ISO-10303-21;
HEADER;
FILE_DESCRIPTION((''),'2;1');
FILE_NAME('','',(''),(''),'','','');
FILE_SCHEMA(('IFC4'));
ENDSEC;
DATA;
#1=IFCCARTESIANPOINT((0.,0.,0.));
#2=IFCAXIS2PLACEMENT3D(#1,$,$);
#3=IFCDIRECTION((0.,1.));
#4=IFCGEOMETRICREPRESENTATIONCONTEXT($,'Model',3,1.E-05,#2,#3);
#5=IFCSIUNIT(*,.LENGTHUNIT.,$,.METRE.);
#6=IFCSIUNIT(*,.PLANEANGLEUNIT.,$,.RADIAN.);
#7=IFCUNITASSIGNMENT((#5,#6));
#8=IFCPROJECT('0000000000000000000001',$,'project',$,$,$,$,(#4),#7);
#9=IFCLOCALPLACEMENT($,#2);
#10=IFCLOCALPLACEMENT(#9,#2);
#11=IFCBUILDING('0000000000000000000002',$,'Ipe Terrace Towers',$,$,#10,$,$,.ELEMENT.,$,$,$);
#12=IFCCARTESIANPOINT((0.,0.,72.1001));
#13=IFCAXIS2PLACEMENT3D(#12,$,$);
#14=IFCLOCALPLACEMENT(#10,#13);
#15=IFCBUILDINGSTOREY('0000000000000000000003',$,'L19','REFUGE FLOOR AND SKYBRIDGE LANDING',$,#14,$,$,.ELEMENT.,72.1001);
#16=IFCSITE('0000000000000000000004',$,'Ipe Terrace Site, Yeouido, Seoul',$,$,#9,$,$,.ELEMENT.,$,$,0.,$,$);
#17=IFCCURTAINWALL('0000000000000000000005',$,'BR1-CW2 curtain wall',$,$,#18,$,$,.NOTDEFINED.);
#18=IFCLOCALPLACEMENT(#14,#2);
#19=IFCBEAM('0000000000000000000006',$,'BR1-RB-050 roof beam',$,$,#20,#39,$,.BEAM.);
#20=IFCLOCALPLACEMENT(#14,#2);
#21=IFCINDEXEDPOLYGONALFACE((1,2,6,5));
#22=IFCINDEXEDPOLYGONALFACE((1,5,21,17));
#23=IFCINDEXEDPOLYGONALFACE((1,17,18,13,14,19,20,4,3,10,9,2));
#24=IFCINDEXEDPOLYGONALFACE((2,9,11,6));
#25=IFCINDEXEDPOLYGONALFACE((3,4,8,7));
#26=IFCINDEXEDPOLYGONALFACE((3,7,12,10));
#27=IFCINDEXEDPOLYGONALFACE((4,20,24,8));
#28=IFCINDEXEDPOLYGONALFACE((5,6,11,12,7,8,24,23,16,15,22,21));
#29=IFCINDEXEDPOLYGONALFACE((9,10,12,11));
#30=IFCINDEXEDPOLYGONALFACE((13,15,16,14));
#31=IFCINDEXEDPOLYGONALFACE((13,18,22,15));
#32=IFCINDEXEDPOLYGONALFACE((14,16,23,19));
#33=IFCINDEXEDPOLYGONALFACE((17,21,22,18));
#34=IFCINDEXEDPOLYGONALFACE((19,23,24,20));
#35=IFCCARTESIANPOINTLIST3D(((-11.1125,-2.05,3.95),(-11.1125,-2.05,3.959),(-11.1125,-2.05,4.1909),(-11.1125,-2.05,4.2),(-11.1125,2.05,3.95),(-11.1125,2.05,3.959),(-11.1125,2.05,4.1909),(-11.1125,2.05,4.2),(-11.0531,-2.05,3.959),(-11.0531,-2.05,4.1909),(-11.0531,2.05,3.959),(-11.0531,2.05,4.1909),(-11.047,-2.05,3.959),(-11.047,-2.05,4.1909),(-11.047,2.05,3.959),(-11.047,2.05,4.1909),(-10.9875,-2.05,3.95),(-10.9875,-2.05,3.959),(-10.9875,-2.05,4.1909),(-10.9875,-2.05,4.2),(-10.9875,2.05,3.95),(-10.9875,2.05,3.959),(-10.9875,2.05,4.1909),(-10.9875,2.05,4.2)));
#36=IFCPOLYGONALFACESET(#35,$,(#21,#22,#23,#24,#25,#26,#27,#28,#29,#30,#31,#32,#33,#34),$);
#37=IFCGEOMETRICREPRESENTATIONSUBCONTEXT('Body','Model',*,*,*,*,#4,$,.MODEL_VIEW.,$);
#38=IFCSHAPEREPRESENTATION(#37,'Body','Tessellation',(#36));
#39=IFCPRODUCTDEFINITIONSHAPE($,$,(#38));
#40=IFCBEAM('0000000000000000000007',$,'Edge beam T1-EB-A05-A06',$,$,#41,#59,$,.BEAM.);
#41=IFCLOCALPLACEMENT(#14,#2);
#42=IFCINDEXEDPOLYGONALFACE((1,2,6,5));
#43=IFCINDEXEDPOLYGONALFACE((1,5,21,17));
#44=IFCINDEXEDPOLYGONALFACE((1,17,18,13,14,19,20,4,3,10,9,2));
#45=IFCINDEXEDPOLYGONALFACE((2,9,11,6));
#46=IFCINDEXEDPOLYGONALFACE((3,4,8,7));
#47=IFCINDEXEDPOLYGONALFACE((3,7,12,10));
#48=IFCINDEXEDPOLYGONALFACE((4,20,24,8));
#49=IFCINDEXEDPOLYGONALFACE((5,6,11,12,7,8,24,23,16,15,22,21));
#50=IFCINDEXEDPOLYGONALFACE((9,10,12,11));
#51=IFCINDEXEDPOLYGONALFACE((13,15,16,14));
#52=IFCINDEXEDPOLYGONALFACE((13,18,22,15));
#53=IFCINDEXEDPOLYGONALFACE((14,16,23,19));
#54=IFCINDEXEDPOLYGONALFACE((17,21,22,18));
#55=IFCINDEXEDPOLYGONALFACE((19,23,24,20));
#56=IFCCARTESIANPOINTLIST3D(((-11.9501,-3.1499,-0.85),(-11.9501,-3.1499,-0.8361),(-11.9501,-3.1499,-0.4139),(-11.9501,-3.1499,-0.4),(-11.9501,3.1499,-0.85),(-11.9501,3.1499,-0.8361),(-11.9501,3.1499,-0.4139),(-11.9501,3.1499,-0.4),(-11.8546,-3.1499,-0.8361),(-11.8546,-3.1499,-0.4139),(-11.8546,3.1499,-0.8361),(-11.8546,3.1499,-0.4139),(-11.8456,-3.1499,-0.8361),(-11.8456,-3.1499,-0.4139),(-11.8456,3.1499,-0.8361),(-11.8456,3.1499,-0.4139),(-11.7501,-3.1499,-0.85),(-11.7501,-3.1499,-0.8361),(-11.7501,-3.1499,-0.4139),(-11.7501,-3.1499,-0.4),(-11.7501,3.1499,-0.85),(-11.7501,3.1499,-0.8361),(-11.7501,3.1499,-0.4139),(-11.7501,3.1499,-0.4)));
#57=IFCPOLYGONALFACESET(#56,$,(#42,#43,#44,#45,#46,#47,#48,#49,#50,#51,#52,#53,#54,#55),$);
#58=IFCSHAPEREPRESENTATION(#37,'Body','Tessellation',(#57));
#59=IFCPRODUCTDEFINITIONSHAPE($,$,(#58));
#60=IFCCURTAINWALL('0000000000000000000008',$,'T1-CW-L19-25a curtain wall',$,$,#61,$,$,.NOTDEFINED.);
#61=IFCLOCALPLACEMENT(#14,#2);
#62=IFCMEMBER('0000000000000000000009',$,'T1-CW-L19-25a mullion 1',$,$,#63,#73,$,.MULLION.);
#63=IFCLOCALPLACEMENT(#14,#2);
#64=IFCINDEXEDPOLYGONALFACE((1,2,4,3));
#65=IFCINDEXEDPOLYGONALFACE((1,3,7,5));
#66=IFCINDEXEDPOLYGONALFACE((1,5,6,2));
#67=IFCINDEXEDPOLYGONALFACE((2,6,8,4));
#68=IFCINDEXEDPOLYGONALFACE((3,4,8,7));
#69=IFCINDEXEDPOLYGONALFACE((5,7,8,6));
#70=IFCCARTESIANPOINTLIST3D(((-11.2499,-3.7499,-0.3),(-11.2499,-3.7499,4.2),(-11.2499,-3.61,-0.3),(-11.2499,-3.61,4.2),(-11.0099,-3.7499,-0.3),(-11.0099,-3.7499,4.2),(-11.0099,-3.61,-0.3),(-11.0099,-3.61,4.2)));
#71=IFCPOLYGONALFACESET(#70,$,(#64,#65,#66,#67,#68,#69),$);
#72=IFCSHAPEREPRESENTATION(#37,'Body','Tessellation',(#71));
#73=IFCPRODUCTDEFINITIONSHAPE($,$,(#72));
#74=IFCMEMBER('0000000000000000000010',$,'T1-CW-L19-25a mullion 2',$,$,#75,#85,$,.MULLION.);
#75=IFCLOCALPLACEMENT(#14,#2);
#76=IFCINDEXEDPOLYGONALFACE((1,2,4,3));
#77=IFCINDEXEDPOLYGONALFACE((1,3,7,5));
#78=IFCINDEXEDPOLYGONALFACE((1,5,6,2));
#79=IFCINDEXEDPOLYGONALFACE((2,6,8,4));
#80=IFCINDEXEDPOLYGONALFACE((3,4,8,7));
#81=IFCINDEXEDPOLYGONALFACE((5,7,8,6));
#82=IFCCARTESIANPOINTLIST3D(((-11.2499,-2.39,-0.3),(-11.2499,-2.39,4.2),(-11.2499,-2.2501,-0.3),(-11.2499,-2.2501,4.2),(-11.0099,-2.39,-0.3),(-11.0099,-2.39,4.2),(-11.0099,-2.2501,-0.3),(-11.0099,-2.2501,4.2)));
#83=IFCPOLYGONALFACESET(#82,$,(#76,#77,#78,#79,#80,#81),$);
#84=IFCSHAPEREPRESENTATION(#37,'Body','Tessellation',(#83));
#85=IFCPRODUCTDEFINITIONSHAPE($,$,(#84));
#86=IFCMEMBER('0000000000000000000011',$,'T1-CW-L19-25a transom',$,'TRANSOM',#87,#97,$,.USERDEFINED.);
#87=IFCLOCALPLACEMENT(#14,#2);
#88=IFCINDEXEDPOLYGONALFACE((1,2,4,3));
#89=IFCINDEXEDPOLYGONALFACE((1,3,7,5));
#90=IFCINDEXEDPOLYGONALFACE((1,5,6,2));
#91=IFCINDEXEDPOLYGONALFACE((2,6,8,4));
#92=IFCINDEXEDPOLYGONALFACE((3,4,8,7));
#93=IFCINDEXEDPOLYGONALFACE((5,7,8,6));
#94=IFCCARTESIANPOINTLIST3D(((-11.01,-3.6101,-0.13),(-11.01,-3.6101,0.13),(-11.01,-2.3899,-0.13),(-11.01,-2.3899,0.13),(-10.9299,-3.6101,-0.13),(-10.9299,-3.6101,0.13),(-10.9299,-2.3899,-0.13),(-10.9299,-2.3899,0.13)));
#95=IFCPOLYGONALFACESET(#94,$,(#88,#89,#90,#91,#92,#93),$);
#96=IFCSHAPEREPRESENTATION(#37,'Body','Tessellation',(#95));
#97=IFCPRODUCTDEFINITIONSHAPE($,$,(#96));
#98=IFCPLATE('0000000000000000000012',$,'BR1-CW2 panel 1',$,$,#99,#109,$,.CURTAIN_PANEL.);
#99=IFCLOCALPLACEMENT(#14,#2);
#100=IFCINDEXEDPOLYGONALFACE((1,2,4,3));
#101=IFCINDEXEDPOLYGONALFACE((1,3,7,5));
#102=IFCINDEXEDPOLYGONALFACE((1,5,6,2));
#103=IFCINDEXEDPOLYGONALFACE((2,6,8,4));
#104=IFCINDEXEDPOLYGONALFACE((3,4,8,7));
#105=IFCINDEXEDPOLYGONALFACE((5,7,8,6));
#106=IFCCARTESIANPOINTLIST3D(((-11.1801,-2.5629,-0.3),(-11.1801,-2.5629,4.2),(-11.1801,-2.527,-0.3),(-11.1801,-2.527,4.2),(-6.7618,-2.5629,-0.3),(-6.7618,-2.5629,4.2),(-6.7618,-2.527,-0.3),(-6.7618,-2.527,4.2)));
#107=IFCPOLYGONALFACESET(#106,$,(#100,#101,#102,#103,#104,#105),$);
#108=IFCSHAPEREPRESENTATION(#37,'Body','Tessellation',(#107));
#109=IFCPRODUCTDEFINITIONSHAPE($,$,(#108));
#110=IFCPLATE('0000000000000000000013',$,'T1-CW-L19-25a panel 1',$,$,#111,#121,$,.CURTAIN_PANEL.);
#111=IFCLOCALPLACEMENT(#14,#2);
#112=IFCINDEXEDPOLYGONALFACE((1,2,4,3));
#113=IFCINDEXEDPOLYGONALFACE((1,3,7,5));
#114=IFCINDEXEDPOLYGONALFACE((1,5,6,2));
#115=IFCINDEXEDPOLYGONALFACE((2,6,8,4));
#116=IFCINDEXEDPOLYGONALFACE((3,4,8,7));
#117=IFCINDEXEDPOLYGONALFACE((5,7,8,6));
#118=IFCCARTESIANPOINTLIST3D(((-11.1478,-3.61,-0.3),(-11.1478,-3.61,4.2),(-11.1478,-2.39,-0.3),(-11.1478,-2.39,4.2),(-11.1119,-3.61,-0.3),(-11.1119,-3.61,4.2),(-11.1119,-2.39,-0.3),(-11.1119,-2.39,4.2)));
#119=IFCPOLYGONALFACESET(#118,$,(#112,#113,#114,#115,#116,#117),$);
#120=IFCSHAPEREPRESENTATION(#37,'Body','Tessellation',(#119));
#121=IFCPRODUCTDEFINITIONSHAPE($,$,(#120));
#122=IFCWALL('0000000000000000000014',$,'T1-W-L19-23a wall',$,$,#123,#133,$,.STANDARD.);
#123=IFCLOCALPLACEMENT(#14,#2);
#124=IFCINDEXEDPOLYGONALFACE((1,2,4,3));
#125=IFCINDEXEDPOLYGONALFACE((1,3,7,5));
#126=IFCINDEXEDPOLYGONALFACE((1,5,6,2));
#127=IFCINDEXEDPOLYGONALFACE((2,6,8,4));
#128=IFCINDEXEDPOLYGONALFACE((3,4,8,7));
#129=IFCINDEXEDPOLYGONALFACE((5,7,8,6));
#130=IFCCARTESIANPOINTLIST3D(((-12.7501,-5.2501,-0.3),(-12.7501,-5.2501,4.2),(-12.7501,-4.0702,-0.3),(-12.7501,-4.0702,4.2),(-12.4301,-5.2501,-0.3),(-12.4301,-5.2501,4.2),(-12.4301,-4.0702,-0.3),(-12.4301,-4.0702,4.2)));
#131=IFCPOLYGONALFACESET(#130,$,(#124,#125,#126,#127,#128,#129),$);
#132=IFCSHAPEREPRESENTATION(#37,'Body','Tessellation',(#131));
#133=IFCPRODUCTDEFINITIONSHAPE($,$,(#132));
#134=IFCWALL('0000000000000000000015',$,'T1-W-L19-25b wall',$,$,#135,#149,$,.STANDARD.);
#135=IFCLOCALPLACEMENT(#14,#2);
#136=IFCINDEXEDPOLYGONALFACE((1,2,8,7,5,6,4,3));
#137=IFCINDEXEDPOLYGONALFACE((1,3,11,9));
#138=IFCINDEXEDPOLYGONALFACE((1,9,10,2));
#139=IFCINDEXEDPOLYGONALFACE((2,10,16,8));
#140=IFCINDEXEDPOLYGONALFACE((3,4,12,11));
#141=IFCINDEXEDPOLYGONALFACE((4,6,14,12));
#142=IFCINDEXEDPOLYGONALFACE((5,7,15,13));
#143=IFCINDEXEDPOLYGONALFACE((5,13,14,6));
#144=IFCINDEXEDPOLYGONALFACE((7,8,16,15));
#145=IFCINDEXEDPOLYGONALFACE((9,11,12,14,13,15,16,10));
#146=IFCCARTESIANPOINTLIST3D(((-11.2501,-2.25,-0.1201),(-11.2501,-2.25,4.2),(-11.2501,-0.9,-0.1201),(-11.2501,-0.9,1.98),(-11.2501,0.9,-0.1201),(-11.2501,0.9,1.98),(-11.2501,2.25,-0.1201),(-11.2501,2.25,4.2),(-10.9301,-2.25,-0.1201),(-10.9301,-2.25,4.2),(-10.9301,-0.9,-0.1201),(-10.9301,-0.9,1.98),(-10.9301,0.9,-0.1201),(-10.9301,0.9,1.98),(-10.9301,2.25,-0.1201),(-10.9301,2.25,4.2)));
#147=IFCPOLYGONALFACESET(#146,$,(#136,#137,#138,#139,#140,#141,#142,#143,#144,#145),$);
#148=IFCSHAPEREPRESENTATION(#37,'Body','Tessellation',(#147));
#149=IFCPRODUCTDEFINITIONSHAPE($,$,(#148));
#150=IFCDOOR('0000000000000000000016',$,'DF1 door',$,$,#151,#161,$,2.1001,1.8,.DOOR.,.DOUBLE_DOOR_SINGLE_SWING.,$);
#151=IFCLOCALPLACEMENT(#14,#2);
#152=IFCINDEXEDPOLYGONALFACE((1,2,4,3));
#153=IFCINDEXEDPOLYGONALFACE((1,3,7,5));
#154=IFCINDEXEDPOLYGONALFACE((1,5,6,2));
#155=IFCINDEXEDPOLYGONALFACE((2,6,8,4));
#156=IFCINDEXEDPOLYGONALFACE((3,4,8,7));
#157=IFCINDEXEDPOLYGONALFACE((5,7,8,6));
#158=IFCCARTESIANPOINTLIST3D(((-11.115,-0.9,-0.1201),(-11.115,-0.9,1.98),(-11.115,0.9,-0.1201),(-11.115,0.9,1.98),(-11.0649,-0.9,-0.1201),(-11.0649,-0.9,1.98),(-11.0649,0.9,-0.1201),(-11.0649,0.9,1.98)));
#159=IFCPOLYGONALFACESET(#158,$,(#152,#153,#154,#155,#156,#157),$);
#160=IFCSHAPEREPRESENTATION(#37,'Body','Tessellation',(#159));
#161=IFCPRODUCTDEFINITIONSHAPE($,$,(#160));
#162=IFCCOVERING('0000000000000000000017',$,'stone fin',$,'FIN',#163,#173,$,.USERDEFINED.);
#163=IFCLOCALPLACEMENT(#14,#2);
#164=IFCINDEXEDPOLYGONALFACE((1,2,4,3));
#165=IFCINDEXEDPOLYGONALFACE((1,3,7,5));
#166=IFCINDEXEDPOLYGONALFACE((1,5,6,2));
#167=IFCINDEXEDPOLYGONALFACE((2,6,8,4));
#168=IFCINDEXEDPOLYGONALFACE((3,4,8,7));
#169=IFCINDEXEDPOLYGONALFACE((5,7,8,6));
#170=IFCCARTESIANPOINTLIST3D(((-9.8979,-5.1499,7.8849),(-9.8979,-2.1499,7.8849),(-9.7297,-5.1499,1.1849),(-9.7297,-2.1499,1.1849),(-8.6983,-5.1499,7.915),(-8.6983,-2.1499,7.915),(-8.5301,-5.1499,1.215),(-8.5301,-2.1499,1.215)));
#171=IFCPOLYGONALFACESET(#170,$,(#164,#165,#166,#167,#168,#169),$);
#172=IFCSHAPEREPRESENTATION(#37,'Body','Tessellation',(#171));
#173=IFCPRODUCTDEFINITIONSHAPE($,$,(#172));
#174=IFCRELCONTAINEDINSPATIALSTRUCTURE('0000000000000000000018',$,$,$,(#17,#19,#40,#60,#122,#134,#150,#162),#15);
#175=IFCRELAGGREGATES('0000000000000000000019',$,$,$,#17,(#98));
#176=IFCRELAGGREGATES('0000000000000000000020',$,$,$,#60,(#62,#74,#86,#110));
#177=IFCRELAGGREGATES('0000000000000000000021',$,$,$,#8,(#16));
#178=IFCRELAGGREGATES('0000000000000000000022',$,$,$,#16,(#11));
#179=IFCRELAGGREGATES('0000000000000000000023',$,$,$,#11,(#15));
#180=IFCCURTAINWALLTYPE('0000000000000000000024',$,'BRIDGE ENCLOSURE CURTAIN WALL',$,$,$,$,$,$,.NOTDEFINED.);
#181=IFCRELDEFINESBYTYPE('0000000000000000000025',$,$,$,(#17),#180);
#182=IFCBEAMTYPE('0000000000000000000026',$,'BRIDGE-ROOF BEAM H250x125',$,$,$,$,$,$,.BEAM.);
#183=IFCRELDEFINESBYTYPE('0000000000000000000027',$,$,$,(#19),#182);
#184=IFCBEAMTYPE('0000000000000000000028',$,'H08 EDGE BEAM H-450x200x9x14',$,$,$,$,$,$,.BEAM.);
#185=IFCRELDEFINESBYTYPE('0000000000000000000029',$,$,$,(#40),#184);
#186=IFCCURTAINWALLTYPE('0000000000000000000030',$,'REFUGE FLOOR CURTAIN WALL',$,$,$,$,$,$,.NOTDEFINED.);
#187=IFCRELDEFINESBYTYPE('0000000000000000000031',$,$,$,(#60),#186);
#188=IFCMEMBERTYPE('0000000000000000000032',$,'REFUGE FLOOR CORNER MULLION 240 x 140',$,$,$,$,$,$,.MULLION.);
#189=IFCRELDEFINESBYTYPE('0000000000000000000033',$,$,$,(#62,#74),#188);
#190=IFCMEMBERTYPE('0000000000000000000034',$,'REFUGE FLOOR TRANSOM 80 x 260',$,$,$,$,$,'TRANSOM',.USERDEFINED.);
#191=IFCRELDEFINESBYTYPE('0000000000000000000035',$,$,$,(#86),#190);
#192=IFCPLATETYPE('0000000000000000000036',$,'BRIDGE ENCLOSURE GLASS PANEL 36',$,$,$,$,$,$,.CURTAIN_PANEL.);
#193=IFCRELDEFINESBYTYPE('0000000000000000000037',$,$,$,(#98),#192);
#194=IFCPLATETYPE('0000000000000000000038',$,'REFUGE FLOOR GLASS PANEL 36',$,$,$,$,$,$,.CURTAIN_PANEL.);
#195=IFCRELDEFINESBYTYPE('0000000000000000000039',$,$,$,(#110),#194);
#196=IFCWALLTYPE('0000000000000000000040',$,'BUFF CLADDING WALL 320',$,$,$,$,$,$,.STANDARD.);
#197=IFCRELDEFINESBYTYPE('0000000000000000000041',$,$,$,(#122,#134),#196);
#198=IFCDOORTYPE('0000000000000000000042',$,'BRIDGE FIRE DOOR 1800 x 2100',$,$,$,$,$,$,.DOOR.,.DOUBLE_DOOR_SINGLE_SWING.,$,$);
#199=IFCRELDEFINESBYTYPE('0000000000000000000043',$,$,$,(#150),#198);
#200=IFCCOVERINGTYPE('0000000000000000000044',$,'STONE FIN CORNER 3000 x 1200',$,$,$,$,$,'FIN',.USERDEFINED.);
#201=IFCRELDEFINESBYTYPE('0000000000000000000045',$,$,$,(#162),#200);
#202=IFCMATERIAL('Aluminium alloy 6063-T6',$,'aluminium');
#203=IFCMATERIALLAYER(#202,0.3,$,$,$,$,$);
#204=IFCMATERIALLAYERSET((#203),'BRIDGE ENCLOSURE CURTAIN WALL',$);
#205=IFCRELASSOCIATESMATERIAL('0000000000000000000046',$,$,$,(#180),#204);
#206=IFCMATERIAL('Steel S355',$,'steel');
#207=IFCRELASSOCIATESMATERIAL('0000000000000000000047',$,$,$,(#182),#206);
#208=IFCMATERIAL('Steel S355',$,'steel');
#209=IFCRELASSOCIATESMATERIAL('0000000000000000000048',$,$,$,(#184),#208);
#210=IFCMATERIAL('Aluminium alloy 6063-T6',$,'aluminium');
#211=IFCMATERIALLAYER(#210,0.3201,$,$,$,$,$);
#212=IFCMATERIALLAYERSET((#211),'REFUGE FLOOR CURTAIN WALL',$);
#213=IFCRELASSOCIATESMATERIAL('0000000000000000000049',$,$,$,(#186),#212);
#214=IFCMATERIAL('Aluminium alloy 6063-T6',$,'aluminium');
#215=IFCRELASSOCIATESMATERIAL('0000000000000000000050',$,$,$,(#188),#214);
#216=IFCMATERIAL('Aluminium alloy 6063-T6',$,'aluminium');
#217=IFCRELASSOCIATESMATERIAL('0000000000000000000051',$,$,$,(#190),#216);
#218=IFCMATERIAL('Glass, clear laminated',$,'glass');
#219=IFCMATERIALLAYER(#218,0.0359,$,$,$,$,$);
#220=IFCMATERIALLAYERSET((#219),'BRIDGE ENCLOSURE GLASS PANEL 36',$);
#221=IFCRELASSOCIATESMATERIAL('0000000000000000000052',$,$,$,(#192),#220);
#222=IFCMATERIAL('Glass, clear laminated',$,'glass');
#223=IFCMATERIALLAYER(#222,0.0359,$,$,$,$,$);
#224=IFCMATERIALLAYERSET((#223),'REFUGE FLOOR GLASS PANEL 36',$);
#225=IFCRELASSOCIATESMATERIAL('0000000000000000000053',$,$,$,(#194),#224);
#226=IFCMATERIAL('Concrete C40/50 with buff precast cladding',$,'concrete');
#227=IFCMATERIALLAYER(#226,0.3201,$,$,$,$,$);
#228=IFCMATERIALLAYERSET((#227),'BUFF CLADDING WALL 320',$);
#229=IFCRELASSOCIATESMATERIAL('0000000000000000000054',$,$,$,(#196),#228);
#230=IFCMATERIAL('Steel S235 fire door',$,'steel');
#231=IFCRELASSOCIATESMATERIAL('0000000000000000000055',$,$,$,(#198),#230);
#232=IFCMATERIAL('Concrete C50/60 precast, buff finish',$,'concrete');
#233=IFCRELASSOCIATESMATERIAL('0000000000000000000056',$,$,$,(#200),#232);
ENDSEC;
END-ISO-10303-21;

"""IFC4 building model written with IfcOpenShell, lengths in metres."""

from ifc_helpers import new_model, si_unit, direction, frame, frame_2d, origin, origin_2d, place, context, subcontext, project, spatial, rectangle, i_section, extrude, material, layer, layer_set, material_profile, profile_set, type_object, element, fill, aggregate, save


model = new_model("IFC4")

# Units and contexts
model_context = context("Model", 3, precision=1e-05, world=origin(), true_north=direction((0.0, 1.0)))
body_context = subcontext(model_context, "Body", "Model", "MODEL_VIEW")
ifc_project = project(units=[si_unit("LENGTHUNIT", "METRE"), si_unit("PLANEANGLEUNIT", "RADIAN")], contexts=[model_context])

# Site, building, storey
site_placement = place(None, origin())
site = spatial("IfcSite", under=ifc_project, at=site_placement, Name="Ipe Terrace Site, Yeouido, Seoul", CompositionType="ELEMENT", RefElevation=0.0)
building_placement = place(site_placement, origin())
building = spatial("IfcBuilding", under=site, at=building_placement, Name="Ipe Terrace Towers", CompositionType="ELEMENT")
storey_placement = place(building_placement, frame((0.0, 0.0, 72.1001)))
storey = spatial("IfcBuildingStorey", under=building, at=storey_placement, Name="L19", Description="REFUGE FLOOR AND SKYBRIDGE LANDING", CompositionType="ELEMENT", Elevation=72.1001)

# Curtain wall
ifc_material_1 = material(Name="Aluminium alloy 6063-T6", Category="aluminium")
ifc_layer_1 = layer(ifc_material_1, 0.3)
ifc_layer_set_1 = layer_set([ifc_layer_1], Name="BRIDGE ENCLOSURE CURTAIN WALL")
curtain_wall_type_1 = type_object("IfcCurtainWallType", Name="BRIDGE ENCLOSURE CURTAIN WALL", PredefinedType="NOTDEFINED", material=ifc_layer_set_1)
curtain_wall_1_placement = place(storey_placement, origin())
curtain_wall_1 = element("IfcCurtainWall", 1, at=curtain_wall_1_placement, inside=storey, type_object=curtain_wall_type_1, Name="BR1-CW2 curtain wall", PredefinedType="NOTDEFINED")

# Beams
ifc_material_2 = material(Name="Steel S355", Category="steel")
ifc_material_profile_1 = material_profile(ifc_material_2, i_section(OverallWidth=0.125, OverallDepth=0.25, WebThickness=0.0061, FlangeThickness=0.009, at=origin_2d()), Name="H250x125")
ifc_profile_set_1 = profile_set([ifc_material_profile_1], Name="Steel S355")
beam_type_1 = type_object("IfcBeamType", Name="BRIDGE-ROOF BEAM H250x125", PredefinedType="BEAM", material=ifc_profile_set_1)
beam_1_placement = place(storey_placement, frame((-11.05, -2.05, 4.075), z_axis=(0.0, 1.0, 0.0), x_axis=(-1.0, 0.0, 0.0)))
element("IfcBeam", 2, at=beam_1_placement, inside=storey, type_object=beam_type_1, Name="BR1-RB-050 roof beam", PredefinedType="BEAM", context=body_context, shape_type="SweptSolid", body=[
    extrude(i_section(OverallWidth=0.125, OverallDepth=0.25, WebThickness=0.0061, FlangeThickness=0.009, at=origin_2d()), origin(), (0.0, 0.0, 1.0), 4.1001),
])
ifc_material_3 = material(Name="Steel S355", Category="steel")
ifc_material_profile_2 = material_profile(ifc_material_3, i_section(OverallWidth=0.2, OverallDepth=0.45, WebThickness=0.009, FlangeThickness=0.0139, at=origin_2d()), Name="H-450x200x9x14")
ifc_profile_set_2 = profile_set([ifc_material_profile_2], Name="Steel S355")
beam_type_2 = type_object("IfcBeamType", Name="H08 EDGE BEAM H-450x200x9x14", PredefinedType="BEAM", material=ifc_profile_set_2)
beam_2_placement = place(storey_placement, frame((-11.8501, -3.1499, -0.625), z_axis=(0.0, 1.0, 0.0), x_axis=(-1.0, 0.0, 0.0)))
element("IfcBeam", 3, at=beam_2_placement, inside=storey, type_object=beam_type_2, Name="Edge beam T1-EB-A05-A06", PredefinedType="BEAM", context=body_context, shape_type="SweptSolid", body=[
    extrude(i_section(OverallWidth=0.2, OverallDepth=0.45, WebThickness=0.009, FlangeThickness=0.0139, at=origin_2d()), origin(), (0.0, 0.0, 1.0), 6.2998),
])

# Curtain wall, members
ifc_material_4 = material(Name="Aluminium alloy 6063-T6", Category="aluminium")
ifc_layer_2 = layer(ifc_material_4, 0.3201)
ifc_layer_set_2 = layer_set([ifc_layer_2], Name="REFUGE FLOOR CURTAIN WALL")
curtain_wall_type_2 = type_object("IfcCurtainWallType", Name="REFUGE FLOOR CURTAIN WALL", PredefinedType="NOTDEFINED", material=ifc_layer_set_2)
curtain_wall_2_placement = place(storey_placement, origin())
curtain_wall_2 = element("IfcCurtainWall", 4, at=curtain_wall_2_placement, inside=storey, type_object=curtain_wall_type_2, Name="T1-CW-L19-25a curtain wall", PredefinedType="NOTDEFINED")
ifc_material_5 = material(Name="Aluminium alloy 6063-T6", Category="aluminium")
ifc_material_profile_3 = material_profile(ifc_material_5, rectangle(XDim=0.24, YDim=0.1399, at=origin_2d()), Name="REFUGE FLOOR CORNER MULLION 240 x 140")
ifc_profile_set_3 = profile_set([ifc_material_profile_3], Name="Aluminium alloy 6063-T6")
member_type_1 = type_object("IfcMemberType", Name="REFUGE FLOOR CORNER MULLION 240 x 140", PredefinedType="MULLION", material=ifc_profile_set_3)
member_1_placement = place(storey_placement, frame((-11.1299, -3.6799, -0.3), z_axis=(0.0, 0.0, 1.0), x_axis=(1.0, 0.0, 0.0)))
member_1 = element("IfcMember", 5, at=member_1_placement, type_object=member_type_1, Name="T1-CW-L19-25a mullion 1", PredefinedType="MULLION", context=body_context, shape_type="SweptSolid", body=[
    extrude(rectangle(XDim=0.24, YDim=0.1399, at=origin_2d()), origin(), (0.0, 0.0, 1.0), 4.5),
])
member_2_placement = place(storey_placement, frame((-11.1299, -2.3201, -0.3), z_axis=(0.0, 0.0, 1.0), x_axis=(1.0, 0.0, 0.0)))
member_2 = element("IfcMember", 6, at=member_2_placement, type_object=member_type_1, Name="T1-CW-L19-25a mullion 2", PredefinedType="MULLION", context=body_context, shape_type="SweptSolid", body=[
    extrude(rectangle(XDim=0.24, YDim=0.1399, at=origin_2d()), origin(), (0.0, 0.0, 1.0), 4.5),
])
ifc_material_6 = material(Name="Aluminium alloy 6063-T6", Category="aluminium")
ifc_material_profile_4 = material_profile(ifc_material_6, rectangle(XDim=0.0801, YDim=0.26, at=origin_2d()), Name="REFUGE FLOOR TRANSOM 80 x 260")
ifc_profile_set_4 = profile_set([ifc_material_profile_4], Name="Aluminium alloy 6063-T6")
member_type_2 = type_object("IfcMemberType", Name="REFUGE FLOOR TRANSOM 80 x 260", ElementType="TRANSOM", PredefinedType="USERDEFINED", material=ifc_profile_set_4)
member_3_placement = place(storey_placement, frame((-10.97, -3.6101, 0.0), z_axis=(0.0, 1.0, 0.0), x_axis=(1.0, 0.0, 0.0)))
member_3 = element("IfcMember", 7, at=member_3_placement, type_object=member_type_2, Name="T1-CW-L19-25a transom", ObjectType="TRANSOM", PredefinedType="USERDEFINED", context=body_context, shape_type="SweptSolid", body=[
    extrude(rectangle(XDim=0.0801, YDim=0.26, at=origin_2d()), origin(), (0.0, 0.0, 1.0), 1.2202),
])

# Plates
ifc_material_7 = material(Name="Glass, clear laminated", Category="glass")
ifc_layer_3 = layer(ifc_material_7, 0.0359)
ifc_layer_set_3 = layer_set([ifc_layer_3], Name="BRIDGE ENCLOSURE GLASS PANEL 36")
plate_type_1 = type_object("IfcPlateType", Name="BRIDGE ENCLOSURE GLASS PANEL 36", PredefinedType="CURTAIN_PANEL", material=ifc_layer_set_3)
plate_1_placement = place(storey_placement, frame((-8.9709, -2.5449, -0.3), z_axis=(0.0, 0.0, 1.0), x_axis=(1.0, 0.0, 0.0)))
plate_1 = element("IfcPlate", 8, at=plate_1_placement, type_object=plate_type_1, Name="BR1-CW2 panel 1", PredefinedType="CURTAIN_PANEL", context=body_context, shape_type="SweptSolid", body=[
    extrude(rectangle(XDim=4.4182, YDim=0.0359, at=origin_2d()), origin(), (0.0, 0.0, 1.0), 4.5),
])
aggregate(curtain_wall_1, [plate_1])
ifc_material_8 = material(Name="Glass, clear laminated", Category="glass")
ifc_layer_4 = layer(ifc_material_8, 0.0359)
ifc_layer_set_4 = layer_set([ifc_layer_4], Name="REFUGE FLOOR GLASS PANEL 36")
plate_type_2 = type_object("IfcPlateType", Name="REFUGE FLOOR GLASS PANEL 36", PredefinedType="CURTAIN_PANEL", material=ifc_layer_set_4)
plate_2_placement = place(storey_placement, frame((-11.1299, -3.0, -0.3), z_axis=(0.0, 0.0, 1.0), x_axis=(0.0, 1.0, 0.0)))
plate_2 = element("IfcPlate", 9, at=plate_2_placement, type_object=plate_type_2, Name="T1-CW-L19-25a panel 1", PredefinedType="CURTAIN_PANEL", context=body_context, shape_type="SweptSolid", body=[
    extrude(rectangle(XDim=1.22, YDim=0.0359, at=origin_2d()), origin(), (0.0, 0.0, 1.0), 4.5),
])
aggregate(curtain_wall_2, [member_1, member_2, member_3, plate_2])

# Wall
ifc_material_9 = material(Name="Concrete C40/50 with buff precast cladding", Category="concrete")
ifc_layer_5 = layer(ifc_material_9, 0.3201)
ifc_layer_set_5 = layer_set([ifc_layer_5], Name="BUFF CLADDING WALL 320")
wall_type = type_object("IfcWallType", Name="BUFF CLADDING WALL 320", PredefinedType="STANDARD", material=ifc_layer_set_5)
wall_1_placement = place(storey_placement, frame((-12.5901, -5.25, -0.3), z_axis=(0.0, 0.0, 1.0), x_axis=(0.0, 1.0, 0.0)))
element("IfcWall", 10, at=wall_1_placement, inside=storey, type_object=wall_type, Name="T1-W-L19-23a wall", PredefinedType="STANDARD", context=body_context, shape_type="SweptSolid", body=[
    extrude(rectangle(XDim=1.1799, YDim=0.3201, at=frame_2d((0.5898, 0.0))), origin(), (0.0, 0.0, 1.0), 4.5),
])

# Wall, opening, door
wall_2_placement = place(storey_placement, frame((-11.0901, -2.25, -0.1201), z_axis=(0.0, 0.0, 1.0), x_axis=(0.0, 1.0, 0.0)))
wall_2 = element("IfcWall", 11, at=wall_2_placement, inside=storey, type_object=wall_type, Name="T1-W-L19-25b wall", PredefinedType="STANDARD", context=body_context, shape_type="SweptSolid", body=[
    extrude(rectangle(XDim=4.5, YDim=0.3201, at=frame_2d((2.25, 0.0))), origin(), (0.0, 0.0, 1.0), 4.3201),
])
opening_placement = place(wall_2_placement, frame((1.3501, 0.0, 0.0)))
opening = element("IfcOpeningElement", 12, at=opening_placement, cuts=wall_2, PredefinedType="OPENING", context=body_context, shape_type="SweptSolid", body=[
    extrude(rectangle(XDim=1.8, YDim=2.1001, at=frame_2d((0.8999, 1.05))), frame((0.0, 0.1699, 0.0), z_axis=(0.0, -1.0, 0.0), x_axis=(1.0, 0.0, 0.0)), (0.0, 0.0, 1.0), 0.3401),
])
ifc_material_10 = material(Name="Steel S235 fire door", Category="steel")
door_type = type_object("IfcDoorType", Name="BRIDGE FIRE DOOR 1800 x 2100", OperationType="DOUBLE_DOOR_SINGLE_SWING", PredefinedType="DOOR", material=ifc_material_10)
door_placement = place(opening_placement, origin())
door = element("IfcDoor", 13, at=door_placement, inside=storey, type_object=door_type, Name="DF1 door", OperationType="DOUBLE_DOOR_SINGLE_SWING", OverallHeight=2.1001, OverallWidth=1.8, PredefinedType="DOOR", context=body_context, shape_type="SweptSolid", body=[
    extrude(rectangle(XDim=1.8, YDim=2.1001, at=frame_2d((0.8999, 1.05))), frame((0.0, 0.0249, 0.0), z_axis=(0.0, -1.0, 0.0), x_axis=(1.0, 0.0, 0.0)), (0.0, 0.0, 1.0), 0.05),
])
fill(opening, door)

# Covering
ifc_material_11 = material(Name="Concrete C50/60 precast, buff finish", Category="concrete")
ifc_material_profile_5 = material_profile(ifc_material_11, rectangle(XDim=3.0, YDim=1.2, at=origin_2d()), Name="STONE FIN CORNER 3000 x 1200")
ifc_profile_set_5 = profile_set([ifc_material_profile_5], Name="Concrete C50/60 precast, buff finish")
covering_type_1 = type_object("IfcCoveringType", Name="STONE FIN CORNER 3000 x 1200", ElementType="FIN", PredefinedType="USERDEFINED", material=ifc_profile_set_5)
covering_1_placement = place(storey_placement, frame((-9.1299, -3.6499, 1.2), z_axis=(-0.025099, 0.0, 0.999685), x_axis=(0.0, 1.0, 0.0)))
element("IfcCovering", 14, at=covering_1_placement, inside=storey, type_object=covering_type_1, Name="stone fin", ObjectType="FIN", PredefinedType="USERDEFINED", context=body_context, shape_type="SweptSolid", body=[
    extrude(rectangle(XDim=3.0, YDim=1.2, at=origin_2d()), origin(), (0.0, 0.0, 1.0), 6.7021),
])

save(model, "model.ifc")
